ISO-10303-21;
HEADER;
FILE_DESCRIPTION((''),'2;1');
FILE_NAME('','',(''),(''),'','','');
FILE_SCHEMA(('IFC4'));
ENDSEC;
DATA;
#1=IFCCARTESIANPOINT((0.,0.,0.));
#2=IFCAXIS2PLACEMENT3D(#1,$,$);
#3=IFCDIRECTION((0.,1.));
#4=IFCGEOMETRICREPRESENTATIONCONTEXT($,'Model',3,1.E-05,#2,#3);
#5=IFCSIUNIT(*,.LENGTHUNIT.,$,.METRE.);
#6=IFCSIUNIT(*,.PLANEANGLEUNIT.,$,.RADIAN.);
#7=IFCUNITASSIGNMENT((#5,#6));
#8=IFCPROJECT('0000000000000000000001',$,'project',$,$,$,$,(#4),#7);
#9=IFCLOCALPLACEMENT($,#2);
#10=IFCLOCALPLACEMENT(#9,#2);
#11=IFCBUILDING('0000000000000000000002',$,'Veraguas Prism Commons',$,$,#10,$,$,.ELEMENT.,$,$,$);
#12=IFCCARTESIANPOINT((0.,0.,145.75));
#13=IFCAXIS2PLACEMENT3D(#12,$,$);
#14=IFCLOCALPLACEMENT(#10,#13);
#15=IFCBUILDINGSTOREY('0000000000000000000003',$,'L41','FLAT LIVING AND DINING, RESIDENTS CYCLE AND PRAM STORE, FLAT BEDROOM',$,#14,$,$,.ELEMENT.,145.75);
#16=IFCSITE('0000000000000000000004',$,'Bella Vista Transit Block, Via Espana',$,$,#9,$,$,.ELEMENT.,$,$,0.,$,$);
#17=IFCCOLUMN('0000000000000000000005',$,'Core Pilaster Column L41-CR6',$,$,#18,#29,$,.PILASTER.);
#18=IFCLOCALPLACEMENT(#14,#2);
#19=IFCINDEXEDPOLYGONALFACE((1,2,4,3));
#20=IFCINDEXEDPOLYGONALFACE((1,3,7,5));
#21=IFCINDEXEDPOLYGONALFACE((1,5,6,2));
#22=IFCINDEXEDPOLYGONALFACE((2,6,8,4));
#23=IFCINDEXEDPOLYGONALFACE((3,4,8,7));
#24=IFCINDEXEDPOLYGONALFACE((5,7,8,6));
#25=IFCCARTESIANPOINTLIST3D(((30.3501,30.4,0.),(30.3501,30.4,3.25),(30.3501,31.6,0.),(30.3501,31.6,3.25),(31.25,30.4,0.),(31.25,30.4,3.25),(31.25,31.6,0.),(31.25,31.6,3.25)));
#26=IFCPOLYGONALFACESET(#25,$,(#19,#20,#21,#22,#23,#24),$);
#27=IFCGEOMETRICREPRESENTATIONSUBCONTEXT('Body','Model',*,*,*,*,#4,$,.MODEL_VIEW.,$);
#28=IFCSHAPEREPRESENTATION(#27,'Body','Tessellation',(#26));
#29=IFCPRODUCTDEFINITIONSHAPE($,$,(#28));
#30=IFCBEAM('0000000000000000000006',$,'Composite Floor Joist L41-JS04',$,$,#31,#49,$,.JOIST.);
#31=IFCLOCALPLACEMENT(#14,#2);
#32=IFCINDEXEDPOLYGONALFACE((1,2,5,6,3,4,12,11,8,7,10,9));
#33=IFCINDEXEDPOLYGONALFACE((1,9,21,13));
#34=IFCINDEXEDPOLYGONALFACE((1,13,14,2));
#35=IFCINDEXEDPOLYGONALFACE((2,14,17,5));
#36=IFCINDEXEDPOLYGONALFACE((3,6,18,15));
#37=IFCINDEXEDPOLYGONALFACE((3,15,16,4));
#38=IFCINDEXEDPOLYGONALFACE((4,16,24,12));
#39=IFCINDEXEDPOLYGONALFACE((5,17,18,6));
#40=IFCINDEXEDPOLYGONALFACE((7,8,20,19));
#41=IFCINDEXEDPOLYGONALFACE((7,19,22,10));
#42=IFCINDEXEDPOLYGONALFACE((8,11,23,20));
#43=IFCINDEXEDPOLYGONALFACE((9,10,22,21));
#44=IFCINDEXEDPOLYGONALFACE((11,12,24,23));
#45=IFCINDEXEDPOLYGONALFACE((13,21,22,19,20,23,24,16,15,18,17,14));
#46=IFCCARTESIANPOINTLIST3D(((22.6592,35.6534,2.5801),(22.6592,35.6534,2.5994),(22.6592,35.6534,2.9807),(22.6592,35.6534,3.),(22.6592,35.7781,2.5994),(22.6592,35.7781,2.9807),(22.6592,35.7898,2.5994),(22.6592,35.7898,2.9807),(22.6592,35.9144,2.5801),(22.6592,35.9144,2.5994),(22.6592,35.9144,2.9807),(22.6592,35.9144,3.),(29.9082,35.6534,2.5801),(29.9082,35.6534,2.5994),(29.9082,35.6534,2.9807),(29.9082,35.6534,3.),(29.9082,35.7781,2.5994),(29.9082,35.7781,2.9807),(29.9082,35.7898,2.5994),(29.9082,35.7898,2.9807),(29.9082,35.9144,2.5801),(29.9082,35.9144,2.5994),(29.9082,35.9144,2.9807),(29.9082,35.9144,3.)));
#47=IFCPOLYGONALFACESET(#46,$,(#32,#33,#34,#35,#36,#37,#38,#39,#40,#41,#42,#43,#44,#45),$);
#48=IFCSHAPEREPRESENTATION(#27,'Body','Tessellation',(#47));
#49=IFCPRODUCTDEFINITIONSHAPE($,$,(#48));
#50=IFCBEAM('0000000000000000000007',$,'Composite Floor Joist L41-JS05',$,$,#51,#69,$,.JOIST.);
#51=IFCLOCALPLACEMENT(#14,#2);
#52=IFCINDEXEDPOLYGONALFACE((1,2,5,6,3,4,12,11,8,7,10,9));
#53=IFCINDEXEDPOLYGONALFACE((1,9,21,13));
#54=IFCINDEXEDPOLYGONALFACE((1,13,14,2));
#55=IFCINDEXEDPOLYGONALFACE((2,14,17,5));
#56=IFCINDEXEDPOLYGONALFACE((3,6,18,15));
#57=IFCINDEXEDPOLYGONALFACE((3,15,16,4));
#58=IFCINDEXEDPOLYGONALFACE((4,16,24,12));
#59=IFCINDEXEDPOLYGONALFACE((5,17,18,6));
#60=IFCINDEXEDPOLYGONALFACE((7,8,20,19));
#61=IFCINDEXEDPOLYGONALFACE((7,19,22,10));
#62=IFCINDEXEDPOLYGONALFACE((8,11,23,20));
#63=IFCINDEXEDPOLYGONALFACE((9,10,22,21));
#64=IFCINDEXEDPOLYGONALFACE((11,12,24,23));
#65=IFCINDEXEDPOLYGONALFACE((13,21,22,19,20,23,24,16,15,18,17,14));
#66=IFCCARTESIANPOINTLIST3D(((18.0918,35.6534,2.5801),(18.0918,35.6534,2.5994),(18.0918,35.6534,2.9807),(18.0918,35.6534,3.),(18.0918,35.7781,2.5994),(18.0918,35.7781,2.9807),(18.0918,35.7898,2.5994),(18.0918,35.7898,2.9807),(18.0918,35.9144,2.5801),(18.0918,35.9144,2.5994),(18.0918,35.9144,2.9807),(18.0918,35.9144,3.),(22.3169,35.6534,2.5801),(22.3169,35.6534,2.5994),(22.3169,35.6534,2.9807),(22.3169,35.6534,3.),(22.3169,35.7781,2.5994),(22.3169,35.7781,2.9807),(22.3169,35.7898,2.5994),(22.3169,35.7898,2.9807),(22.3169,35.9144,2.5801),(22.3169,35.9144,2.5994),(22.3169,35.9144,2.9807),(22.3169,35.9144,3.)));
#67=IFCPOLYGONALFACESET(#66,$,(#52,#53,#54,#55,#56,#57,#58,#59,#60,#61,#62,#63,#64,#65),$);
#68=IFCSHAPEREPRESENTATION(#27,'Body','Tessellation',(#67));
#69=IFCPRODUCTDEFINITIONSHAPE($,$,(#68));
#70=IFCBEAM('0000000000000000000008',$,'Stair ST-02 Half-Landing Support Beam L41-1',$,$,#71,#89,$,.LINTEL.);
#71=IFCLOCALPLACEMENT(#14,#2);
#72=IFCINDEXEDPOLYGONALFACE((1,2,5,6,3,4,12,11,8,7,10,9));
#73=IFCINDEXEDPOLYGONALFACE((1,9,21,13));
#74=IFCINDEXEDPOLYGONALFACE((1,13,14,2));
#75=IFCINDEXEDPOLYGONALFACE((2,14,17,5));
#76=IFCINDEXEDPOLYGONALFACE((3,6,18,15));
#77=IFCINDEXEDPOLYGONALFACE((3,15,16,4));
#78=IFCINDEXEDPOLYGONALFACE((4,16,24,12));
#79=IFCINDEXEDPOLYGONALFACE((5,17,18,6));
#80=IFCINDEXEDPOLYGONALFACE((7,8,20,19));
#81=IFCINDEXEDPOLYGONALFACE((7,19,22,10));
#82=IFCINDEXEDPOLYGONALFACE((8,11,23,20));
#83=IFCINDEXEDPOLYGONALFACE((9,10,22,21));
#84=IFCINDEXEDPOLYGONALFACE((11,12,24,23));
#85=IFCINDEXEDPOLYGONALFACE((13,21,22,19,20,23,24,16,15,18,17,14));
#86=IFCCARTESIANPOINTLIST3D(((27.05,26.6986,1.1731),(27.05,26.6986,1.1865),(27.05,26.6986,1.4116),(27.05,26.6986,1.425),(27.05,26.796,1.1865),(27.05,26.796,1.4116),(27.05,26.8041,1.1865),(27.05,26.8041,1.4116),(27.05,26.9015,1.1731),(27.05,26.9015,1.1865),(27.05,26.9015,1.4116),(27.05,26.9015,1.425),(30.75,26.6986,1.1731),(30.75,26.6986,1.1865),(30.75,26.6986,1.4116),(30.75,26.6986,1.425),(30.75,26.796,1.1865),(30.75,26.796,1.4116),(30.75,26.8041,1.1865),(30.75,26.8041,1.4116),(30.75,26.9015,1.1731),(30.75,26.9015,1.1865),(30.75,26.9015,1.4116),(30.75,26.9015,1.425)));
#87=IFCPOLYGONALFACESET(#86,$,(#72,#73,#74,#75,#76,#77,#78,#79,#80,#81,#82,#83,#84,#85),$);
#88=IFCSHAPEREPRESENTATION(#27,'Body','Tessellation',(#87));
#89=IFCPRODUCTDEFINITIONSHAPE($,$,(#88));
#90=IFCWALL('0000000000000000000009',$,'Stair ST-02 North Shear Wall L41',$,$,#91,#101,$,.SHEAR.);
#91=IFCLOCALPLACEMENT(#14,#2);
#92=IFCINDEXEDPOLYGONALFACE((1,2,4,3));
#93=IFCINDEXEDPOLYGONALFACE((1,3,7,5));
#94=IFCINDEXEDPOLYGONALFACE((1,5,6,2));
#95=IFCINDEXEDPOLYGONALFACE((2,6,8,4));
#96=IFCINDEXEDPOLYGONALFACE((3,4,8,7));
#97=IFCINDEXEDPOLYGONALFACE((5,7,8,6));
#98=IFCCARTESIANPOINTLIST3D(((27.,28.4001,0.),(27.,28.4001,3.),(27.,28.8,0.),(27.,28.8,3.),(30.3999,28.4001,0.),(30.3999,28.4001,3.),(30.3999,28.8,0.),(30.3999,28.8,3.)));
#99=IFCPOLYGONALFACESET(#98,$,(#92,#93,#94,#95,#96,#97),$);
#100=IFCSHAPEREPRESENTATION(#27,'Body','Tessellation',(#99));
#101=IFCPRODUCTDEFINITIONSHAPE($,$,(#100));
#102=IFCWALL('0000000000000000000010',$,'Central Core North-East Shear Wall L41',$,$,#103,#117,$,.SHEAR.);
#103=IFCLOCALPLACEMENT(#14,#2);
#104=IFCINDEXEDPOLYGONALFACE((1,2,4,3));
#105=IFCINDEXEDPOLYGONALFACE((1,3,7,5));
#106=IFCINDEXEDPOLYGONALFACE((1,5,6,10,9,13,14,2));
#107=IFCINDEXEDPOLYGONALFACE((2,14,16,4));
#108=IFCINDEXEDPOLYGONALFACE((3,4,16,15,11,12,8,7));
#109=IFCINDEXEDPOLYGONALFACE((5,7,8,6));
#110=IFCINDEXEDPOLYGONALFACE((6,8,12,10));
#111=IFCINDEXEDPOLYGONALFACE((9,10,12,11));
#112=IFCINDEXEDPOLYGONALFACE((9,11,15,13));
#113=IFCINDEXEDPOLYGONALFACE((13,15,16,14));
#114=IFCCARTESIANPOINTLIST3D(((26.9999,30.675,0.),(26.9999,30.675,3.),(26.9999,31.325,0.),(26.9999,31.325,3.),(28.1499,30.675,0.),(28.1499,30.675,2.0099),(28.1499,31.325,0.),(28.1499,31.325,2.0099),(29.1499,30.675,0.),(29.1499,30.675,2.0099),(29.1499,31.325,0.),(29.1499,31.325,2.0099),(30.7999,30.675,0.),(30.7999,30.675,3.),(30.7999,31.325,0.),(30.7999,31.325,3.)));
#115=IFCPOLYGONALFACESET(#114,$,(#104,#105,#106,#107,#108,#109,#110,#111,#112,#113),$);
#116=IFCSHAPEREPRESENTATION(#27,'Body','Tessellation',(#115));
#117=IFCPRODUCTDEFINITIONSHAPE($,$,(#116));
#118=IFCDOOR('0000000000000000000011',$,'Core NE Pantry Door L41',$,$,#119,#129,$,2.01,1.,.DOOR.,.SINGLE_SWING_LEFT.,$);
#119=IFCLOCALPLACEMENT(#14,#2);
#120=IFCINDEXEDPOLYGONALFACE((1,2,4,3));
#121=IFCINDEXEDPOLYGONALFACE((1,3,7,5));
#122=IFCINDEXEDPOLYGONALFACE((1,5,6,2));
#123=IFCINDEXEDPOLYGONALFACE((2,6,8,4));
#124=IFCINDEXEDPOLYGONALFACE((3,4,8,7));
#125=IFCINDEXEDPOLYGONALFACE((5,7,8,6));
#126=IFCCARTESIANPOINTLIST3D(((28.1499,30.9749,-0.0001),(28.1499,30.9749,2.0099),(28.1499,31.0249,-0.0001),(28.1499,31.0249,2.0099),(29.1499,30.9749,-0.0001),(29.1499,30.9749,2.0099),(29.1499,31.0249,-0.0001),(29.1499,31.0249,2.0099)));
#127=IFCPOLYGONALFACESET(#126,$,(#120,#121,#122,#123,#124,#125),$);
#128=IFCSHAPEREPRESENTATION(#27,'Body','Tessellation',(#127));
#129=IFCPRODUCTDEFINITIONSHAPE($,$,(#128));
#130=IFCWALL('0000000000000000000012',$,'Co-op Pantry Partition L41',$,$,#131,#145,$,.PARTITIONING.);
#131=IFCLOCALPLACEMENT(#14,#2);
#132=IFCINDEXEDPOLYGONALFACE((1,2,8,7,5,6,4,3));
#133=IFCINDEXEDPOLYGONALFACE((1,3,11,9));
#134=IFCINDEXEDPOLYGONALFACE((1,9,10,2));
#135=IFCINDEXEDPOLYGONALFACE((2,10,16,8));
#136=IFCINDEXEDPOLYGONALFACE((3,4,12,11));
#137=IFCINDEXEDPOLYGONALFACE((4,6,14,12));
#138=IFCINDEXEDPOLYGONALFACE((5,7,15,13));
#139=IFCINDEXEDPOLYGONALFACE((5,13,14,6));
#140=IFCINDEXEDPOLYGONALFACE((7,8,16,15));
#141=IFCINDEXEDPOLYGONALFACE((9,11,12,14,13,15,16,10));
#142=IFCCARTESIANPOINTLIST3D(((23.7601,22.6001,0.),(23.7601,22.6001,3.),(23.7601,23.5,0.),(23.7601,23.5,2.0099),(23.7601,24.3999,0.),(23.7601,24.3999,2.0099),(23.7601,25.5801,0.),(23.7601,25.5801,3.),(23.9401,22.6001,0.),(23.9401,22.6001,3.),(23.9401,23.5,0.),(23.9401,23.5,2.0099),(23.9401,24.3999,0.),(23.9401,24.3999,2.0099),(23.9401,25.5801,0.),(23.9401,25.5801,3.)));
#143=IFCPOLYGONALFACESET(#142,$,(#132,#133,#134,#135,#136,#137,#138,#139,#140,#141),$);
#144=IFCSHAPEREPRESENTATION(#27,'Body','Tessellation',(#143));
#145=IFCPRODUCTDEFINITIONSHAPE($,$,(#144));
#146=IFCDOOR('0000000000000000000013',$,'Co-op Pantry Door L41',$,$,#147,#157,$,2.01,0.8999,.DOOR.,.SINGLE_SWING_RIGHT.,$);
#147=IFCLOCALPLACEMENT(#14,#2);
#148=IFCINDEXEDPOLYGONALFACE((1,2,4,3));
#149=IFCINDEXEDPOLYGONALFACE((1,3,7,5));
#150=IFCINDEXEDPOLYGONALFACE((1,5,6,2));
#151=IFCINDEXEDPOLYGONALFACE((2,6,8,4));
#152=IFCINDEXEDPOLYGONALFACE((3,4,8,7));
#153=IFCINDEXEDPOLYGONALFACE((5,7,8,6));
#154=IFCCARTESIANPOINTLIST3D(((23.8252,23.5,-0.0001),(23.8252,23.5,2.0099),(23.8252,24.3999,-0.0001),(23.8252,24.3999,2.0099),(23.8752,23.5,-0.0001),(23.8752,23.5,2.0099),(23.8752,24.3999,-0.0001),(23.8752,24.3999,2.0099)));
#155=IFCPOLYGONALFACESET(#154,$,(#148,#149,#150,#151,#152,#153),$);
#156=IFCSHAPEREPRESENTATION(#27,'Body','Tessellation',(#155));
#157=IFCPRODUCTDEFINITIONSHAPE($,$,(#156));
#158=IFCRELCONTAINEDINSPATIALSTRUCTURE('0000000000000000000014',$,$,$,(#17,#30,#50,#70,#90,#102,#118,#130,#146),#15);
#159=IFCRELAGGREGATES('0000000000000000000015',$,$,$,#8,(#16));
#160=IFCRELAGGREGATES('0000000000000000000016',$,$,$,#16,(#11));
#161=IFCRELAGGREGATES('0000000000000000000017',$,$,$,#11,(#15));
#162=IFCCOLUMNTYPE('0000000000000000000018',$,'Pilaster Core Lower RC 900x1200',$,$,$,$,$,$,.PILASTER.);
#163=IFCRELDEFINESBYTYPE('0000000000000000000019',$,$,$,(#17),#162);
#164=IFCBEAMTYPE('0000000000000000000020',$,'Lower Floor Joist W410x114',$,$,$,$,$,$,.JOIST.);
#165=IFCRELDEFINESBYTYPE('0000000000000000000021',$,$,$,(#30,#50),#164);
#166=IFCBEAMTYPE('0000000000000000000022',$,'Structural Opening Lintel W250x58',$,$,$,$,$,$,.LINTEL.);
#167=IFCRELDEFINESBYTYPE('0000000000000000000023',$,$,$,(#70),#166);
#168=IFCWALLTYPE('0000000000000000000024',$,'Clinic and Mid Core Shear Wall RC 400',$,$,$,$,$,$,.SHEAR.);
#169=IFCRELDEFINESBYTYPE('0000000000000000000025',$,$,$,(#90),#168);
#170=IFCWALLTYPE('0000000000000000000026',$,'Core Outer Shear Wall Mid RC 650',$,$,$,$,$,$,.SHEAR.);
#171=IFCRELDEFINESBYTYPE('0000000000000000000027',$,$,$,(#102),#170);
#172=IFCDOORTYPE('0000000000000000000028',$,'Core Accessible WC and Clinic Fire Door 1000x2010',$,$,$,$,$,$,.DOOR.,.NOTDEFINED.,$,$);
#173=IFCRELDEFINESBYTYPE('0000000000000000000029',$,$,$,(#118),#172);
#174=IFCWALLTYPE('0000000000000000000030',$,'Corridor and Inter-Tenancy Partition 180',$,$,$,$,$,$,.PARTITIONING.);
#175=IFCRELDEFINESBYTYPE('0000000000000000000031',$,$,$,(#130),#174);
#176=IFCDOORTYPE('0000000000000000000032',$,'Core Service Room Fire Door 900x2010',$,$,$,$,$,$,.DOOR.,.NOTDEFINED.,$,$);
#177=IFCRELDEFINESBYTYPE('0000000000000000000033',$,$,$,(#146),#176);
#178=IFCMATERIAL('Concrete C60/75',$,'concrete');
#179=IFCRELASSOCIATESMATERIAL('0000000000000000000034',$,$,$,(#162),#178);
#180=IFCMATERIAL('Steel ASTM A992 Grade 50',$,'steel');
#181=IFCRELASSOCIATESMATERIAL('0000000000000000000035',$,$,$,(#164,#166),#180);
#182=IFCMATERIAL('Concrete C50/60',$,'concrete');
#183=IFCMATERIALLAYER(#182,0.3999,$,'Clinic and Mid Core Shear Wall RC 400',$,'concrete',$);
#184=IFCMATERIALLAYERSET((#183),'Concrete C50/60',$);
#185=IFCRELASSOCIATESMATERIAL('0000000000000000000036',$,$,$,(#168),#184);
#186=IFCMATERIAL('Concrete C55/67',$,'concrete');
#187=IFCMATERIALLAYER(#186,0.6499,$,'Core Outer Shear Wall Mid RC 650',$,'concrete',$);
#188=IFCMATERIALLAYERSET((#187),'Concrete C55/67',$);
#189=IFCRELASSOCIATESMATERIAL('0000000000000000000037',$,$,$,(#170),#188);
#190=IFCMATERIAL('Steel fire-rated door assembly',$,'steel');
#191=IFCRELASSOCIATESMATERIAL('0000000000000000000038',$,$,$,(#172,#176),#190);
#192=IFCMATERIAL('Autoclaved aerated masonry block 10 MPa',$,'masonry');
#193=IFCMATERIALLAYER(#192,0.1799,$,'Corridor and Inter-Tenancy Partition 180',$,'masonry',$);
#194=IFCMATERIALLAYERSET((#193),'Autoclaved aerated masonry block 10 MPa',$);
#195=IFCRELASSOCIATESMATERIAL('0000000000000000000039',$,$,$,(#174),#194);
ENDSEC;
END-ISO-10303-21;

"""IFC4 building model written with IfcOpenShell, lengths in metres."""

from ifc_helpers import new_model, si_unit, direction, frame, frame_2d, origin, origin_2d, place, context, subcontext, project, spatial, rectangle, i_section, extrude, source, transform, mapped, material, layer, layer_set, material_profile, profile_set, type_object, element, fill, save


model = new_model("IFC4")

# Units and contexts
model_context = context("Model", 3, precision=1e-05, world=origin(), true_north=direction((0.0, 1.0)))
body_context = subcontext(model_context, "Body", "Model", "MODEL_VIEW")
ifc_project = project(units=[si_unit("LENGTHUNIT", "METRE"), si_unit("PLANEANGLEUNIT", "RADIAN")], contexts=[model_context])

# Site, building, storey
site_placement = place(None, origin())
site = spatial("IfcSite", under=ifc_project, at=site_placement, Name="Bella Vista Transit Block, Via Espana", CompositionType="ELEMENT", RefElevation=0.0)
building_placement = place(site_placement, origin())
building = spatial("IfcBuilding", under=site, at=building_placement, Name="Veraguas Prism Commons", CompositionType="ELEMENT")
storey_placement = place(building_placement, frame((0.0, 0.0, 145.75)))
storey = spatial("IfcBuildingStorey", under=building, at=storey_placement, Name="L41", Description="FLAT LIVING AND DINING, RESIDENTS CYCLE AND PRAM STORE, FLAT BEDROOM", CompositionType="ELEMENT", Elevation=145.75)

# Column
ifc_material_1 = material(Name="Concrete C60/75", Category="concrete")
ifc_material_profile_1 = material_profile(ifc_material_1, rectangle(XDim=0.8999, YDim=1.2, at=origin_2d()), Name="RC900X1200")
ifc_profile_set_1 = profile_set([ifc_material_profile_1], Name="Concrete C60/75")
column_type = type_object("IfcColumnType", Name="Pilaster Core Lower RC 900x1200", PredefinedType="PILASTER", material=ifc_profile_set_1)
column_placement = place(storey_placement, frame((30.8, 31.0, 0.0), z_axis=(0.0, 0.0, 1.0), x_axis=(1.0, 0.0, 0.0)))
element("IfcColumn", 1, at=column_placement, inside=storey, type_object=column_type, Name="Core Pilaster Column L41-CR6", PredefinedType="PILASTER", context=body_context, shape_type="SweptSolid", body=[
    extrude(rectangle(XDim=0.8999, YDim=1.2, at=origin_2d()), origin(), (0.0, 0.0, 1.0), 3.25),
])

# Beams
ifc_material_2 = material(Name="Steel ASTM A992 Grade 50", Category="steel")
ifc_material_profile_2 = material_profile(ifc_material_2, i_section(OverallWidth=0.261, OverallDepth=0.4199, WebThickness=0.0117, FlangeThickness=0.0193, at=origin_2d()), Name="W410X114")
ifc_profile_set_2 = profile_set([ifc_material_profile_2], Name="Steel ASTM A992 Grade 50")
beam_type_1 = type_object("IfcBeamType", Name="Lower Floor Joist W410x114", PredefinedType="JOIST", material=ifc_profile_set_2)
beam_1_placement = place(storey_placement, frame((29.9082, 35.7839, 2.79), z_axis=(-1.0, 0.0, 0.0), x_axis=(0.0, -1.0, 0.0)))
element("IfcBeam", 2, at=beam_1_placement, inside=storey, type_object=beam_type_1, Name="Composite Floor Joist L41-JS04", PredefinedType="JOIST", context=body_context, shape_type="SweptSolid", body=[
    extrude(i_section(OverallWidth=0.261, OverallDepth=0.4199, WebThickness=0.0117, FlangeThickness=0.0193, at=origin_2d()), origin(), (0.0, 0.0, 1.0), 7.249),
])
beam_2_placement = place(storey_placement, frame((22.3169, 35.7839, 2.79), z_axis=(-1.0, 0.0, 0.0), x_axis=(0.0, -1.0, 0.0)))
element("IfcBeam", 3, at=beam_2_placement, inside=storey, type_object=beam_type_1, Name="Composite Floor Joist L41-JS05", PredefinedType="JOIST", context=body_context, shape_type="SweptSolid", body=[
    extrude(i_section(OverallWidth=0.261, OverallDepth=0.4199, WebThickness=0.0117, FlangeThickness=0.0193, at=origin_2d()), origin(), (0.0, 0.0, 1.0), 4.2251),
])
ifc_material_profile_3 = material_profile(ifc_material_2, i_section(OverallWidth=0.2029, OverallDepth=0.252, WebThickness=0.0081, FlangeThickness=0.0134, at=origin_2d()), Name="W250X58")
ifc_profile_set_3 = profile_set([ifc_material_profile_3], Name="Steel ASTM A992 Grade 50")
beam_type_2 = type_object("IfcBeamType", Name="Structural Opening Lintel W250x58", PredefinedType="LINTEL", material=ifc_profile_set_3)
beam_3_placement = place(storey_placement, frame((27.05, 26.8, 1.2991), z_axis=(1.0, 0.0, 0.0), x_axis=(0.0, 1.0, 0.0)))
element("IfcBeam", 4, at=beam_3_placement, inside=storey, type_object=beam_type_2, Name="Stair ST-02 Half-Landing Support Beam L41-1", PredefinedType="LINTEL", context=body_context, shape_type="SweptSolid", body=[
    extrude(i_section(OverallWidth=0.2029, OverallDepth=0.252, WebThickness=0.0081, FlangeThickness=0.0134, at=origin_2d()), origin(), (0.0, 0.0, 1.0), 3.7),
])

# Wall
ifc_material_3 = material(Name="Concrete C50/60", Category="concrete")
ifc_layer_1 = layer(ifc_material_3, 0.3999, Name="Clinic and Mid Core Shear Wall RC 400", Category="concrete")
ifc_layer_set_1 = layer_set([ifc_layer_1], Name="Concrete C50/60")
wall_type_1 = type_object("IfcWallType", Name="Clinic and Mid Core Shear Wall RC 400", PredefinedType="SHEAR", material=ifc_layer_set_1)
wall_1_placement = place(storey_placement, frame((27.0, 28.6001, 0.0), z_axis=(0.0, 0.0, 1.0), x_axis=(1.0, 0.0, 0.0)))
element("IfcWall", 5, at=wall_1_placement, inside=storey, type_object=wall_type_1, Name="Stair ST-02 North Shear Wall L41", PredefinedType="SHEAR", context=body_context, shape_type="SweptSolid", body=[
    extrude(rectangle(XDim=3.3999, YDim=0.3999, at=frame_2d((1.7, 0.0))), origin(), (0.0, 0.0, 1.0), 3.0),
])

# Walls, openings, doors
ifc_material_4 = material(Name="Concrete C55/67", Category="concrete")
ifc_layer_2 = layer(ifc_material_4, 0.6499, Name="Core Outer Shear Wall Mid RC 650", Category="concrete")
ifc_layer_set_2 = layer_set([ifc_layer_2], Name="Concrete C55/67")
wall_type_2 = type_object("IfcWallType", Name="Core Outer Shear Wall Mid RC 650", PredefinedType="SHEAR", material=ifc_layer_set_2)
wall_2_placement = place(storey_placement, frame((27.0, 31.0, 0.0), z_axis=(0.0, 0.0, 1.0), x_axis=(1.0, 0.0, 0.0)))
wall_2 = element("IfcWall", 6, at=wall_2_placement, inside=storey, type_object=wall_type_2, Name="Central Core North-East Shear Wall L41", PredefinedType="SHEAR", context=body_context, shape_type="SweptSolid", body=[
    extrude(rectangle(XDim=3.8, YDim=0.6499, at=frame_2d((1.8999, 0.0))), origin(), (0.0, 0.0, 1.0), 3.0),
])
opening_1_placement = place(wall_2_placement, frame((1.1499, 0.0, 0.0)))
opening_1 = element("IfcOpeningElement", 7, at=opening_1_placement, cuts=wall_2, PredefinedType="OPENING", context=body_context, shape_type="SweptSolid", body=[
    extrude(rectangle(XDim=1.0, YDim=2.01, at=frame_2d((0.5, 1.0049))), frame((0.0, 0.335, 0.0), z_axis=(0.0, -1.0, 0.0), x_axis=(1.0, 0.0, 0.0)), (0.0, 0.0, 1.0), 0.6699),
])
ifc_material_5 = material(Name="Steel fire-rated door assembly", Category="steel")
door_type_1 = type_object("IfcDoorType", Name="Core Accessible WC and Clinic Fire Door 1000x2010", OperationType="NOTDEFINED", PredefinedType="DOOR", material=ifc_material_5)
shared_shape_1 = source(origin(), body_context, "Body", "SweptSolid", [
    extrude(rectangle(XDim=1.0, YDim=2.01, at=frame_2d((0.5, 1.0049))), frame((0.0, 0.0249, 0.0), z_axis=(0.0, -1.0, 0.0), x_axis=(1.0, 0.0, 0.0)), (0.0, 0.0, 1.0), 0.05),
])
door_1_placement = place(opening_1_placement, origin())
door_1 = element("IfcDoor", 8, at=door_1_placement, inside=storey, type_object=door_type_1, Name="Core NE Pantry Door L41", OperationType="SINGLE_SWING_LEFT", OverallHeight=2.01, OverallWidth=1.0, PredefinedType="DOOR", context=body_context, shape_type="MappedRepresentation", body=[
    mapped(shared_shape_1, transform((0.0, 0.0, 0.0), scale=1.0)),
])
fill(opening_1, door_1)
ifc_material_6 = material(Name="Autoclaved aerated masonry block 10 MPa", Category="masonry")
ifc_layer_3 = layer(ifc_material_6, 0.1799, Name="Corridor and Inter-Tenancy Partition 180", Category="masonry")
ifc_layer_set_3 = layer_set([ifc_layer_3], Name="Autoclaved aerated masonry block 10 MPa")
wall_type_3 = type_object("IfcWallType", Name="Corridor and Inter-Tenancy Partition 180", PredefinedType="PARTITIONING", material=ifc_layer_set_3)
wall_3_placement = place(storey_placement, frame((23.8501, 22.6001, 0.0), z_axis=(0.0, 0.0, 1.0), x_axis=(0.0, 1.0, 0.0)))
wall_3 = element("IfcWall", 9, at=wall_3_placement, inside=storey, type_object=wall_type_3, Name="Co-op Pantry Partition L41", PredefinedType="PARTITIONING", context=body_context, shape_type="SweptSolid", body=[
    extrude(rectangle(XDim=2.98, YDim=0.1799, at=frame_2d((1.49, 0.0))), origin(), (0.0, 0.0, 1.0), 3.0),
])
opening_2_placement = place(wall_3_placement, frame((0.8999, 0.0, 0.0)))
opening_2 = element("IfcOpeningElement", 10, at=opening_2_placement, cuts=wall_3, PredefinedType="OPENING", context=body_context, shape_type="SweptSolid", body=[
    extrude(rectangle(XDim=0.8999, YDim=2.01, at=frame_2d((0.45, 1.0049))), frame((0.0, 0.0999, 0.0), z_axis=(0.0, -1.0, 0.0), x_axis=(1.0, 0.0, 0.0)), (0.0, 0.0, 1.0), 0.2),
])
door_type_2 = type_object("IfcDoorType", Name="Core Service Room Fire Door 900x2010", OperationType="NOTDEFINED", PredefinedType="DOOR", material=ifc_material_5)
shared_shape_2 = source(origin(), body_context, "Body", "SweptSolid", [
    extrude(rectangle(XDim=0.8999, YDim=2.01, at=frame_2d((0.45, 1.0049))), frame((0.0, 0.0249, 0.0), z_axis=(0.0, -1.0, 0.0), x_axis=(1.0, 0.0, 0.0)), (0.0, 0.0, 1.0), 0.05),
])
door_2_placement = place(opening_2_placement, origin())
door_2 = element("IfcDoor", 11, at=door_2_placement, inside=storey, type_object=door_type_2, Name="Co-op Pantry Door L41", OperationType="SINGLE_SWING_RIGHT", OverallHeight=2.01, OverallWidth=0.8999, PredefinedType="DOOR", context=body_context, shape_type="MappedRepresentation", body=[
    mapped(shared_shape_2, transform((0.0, 0.0, 0.0), scale=1.0)),
])
fill(opening_2, door_2)

save(model, "model.ifc")
